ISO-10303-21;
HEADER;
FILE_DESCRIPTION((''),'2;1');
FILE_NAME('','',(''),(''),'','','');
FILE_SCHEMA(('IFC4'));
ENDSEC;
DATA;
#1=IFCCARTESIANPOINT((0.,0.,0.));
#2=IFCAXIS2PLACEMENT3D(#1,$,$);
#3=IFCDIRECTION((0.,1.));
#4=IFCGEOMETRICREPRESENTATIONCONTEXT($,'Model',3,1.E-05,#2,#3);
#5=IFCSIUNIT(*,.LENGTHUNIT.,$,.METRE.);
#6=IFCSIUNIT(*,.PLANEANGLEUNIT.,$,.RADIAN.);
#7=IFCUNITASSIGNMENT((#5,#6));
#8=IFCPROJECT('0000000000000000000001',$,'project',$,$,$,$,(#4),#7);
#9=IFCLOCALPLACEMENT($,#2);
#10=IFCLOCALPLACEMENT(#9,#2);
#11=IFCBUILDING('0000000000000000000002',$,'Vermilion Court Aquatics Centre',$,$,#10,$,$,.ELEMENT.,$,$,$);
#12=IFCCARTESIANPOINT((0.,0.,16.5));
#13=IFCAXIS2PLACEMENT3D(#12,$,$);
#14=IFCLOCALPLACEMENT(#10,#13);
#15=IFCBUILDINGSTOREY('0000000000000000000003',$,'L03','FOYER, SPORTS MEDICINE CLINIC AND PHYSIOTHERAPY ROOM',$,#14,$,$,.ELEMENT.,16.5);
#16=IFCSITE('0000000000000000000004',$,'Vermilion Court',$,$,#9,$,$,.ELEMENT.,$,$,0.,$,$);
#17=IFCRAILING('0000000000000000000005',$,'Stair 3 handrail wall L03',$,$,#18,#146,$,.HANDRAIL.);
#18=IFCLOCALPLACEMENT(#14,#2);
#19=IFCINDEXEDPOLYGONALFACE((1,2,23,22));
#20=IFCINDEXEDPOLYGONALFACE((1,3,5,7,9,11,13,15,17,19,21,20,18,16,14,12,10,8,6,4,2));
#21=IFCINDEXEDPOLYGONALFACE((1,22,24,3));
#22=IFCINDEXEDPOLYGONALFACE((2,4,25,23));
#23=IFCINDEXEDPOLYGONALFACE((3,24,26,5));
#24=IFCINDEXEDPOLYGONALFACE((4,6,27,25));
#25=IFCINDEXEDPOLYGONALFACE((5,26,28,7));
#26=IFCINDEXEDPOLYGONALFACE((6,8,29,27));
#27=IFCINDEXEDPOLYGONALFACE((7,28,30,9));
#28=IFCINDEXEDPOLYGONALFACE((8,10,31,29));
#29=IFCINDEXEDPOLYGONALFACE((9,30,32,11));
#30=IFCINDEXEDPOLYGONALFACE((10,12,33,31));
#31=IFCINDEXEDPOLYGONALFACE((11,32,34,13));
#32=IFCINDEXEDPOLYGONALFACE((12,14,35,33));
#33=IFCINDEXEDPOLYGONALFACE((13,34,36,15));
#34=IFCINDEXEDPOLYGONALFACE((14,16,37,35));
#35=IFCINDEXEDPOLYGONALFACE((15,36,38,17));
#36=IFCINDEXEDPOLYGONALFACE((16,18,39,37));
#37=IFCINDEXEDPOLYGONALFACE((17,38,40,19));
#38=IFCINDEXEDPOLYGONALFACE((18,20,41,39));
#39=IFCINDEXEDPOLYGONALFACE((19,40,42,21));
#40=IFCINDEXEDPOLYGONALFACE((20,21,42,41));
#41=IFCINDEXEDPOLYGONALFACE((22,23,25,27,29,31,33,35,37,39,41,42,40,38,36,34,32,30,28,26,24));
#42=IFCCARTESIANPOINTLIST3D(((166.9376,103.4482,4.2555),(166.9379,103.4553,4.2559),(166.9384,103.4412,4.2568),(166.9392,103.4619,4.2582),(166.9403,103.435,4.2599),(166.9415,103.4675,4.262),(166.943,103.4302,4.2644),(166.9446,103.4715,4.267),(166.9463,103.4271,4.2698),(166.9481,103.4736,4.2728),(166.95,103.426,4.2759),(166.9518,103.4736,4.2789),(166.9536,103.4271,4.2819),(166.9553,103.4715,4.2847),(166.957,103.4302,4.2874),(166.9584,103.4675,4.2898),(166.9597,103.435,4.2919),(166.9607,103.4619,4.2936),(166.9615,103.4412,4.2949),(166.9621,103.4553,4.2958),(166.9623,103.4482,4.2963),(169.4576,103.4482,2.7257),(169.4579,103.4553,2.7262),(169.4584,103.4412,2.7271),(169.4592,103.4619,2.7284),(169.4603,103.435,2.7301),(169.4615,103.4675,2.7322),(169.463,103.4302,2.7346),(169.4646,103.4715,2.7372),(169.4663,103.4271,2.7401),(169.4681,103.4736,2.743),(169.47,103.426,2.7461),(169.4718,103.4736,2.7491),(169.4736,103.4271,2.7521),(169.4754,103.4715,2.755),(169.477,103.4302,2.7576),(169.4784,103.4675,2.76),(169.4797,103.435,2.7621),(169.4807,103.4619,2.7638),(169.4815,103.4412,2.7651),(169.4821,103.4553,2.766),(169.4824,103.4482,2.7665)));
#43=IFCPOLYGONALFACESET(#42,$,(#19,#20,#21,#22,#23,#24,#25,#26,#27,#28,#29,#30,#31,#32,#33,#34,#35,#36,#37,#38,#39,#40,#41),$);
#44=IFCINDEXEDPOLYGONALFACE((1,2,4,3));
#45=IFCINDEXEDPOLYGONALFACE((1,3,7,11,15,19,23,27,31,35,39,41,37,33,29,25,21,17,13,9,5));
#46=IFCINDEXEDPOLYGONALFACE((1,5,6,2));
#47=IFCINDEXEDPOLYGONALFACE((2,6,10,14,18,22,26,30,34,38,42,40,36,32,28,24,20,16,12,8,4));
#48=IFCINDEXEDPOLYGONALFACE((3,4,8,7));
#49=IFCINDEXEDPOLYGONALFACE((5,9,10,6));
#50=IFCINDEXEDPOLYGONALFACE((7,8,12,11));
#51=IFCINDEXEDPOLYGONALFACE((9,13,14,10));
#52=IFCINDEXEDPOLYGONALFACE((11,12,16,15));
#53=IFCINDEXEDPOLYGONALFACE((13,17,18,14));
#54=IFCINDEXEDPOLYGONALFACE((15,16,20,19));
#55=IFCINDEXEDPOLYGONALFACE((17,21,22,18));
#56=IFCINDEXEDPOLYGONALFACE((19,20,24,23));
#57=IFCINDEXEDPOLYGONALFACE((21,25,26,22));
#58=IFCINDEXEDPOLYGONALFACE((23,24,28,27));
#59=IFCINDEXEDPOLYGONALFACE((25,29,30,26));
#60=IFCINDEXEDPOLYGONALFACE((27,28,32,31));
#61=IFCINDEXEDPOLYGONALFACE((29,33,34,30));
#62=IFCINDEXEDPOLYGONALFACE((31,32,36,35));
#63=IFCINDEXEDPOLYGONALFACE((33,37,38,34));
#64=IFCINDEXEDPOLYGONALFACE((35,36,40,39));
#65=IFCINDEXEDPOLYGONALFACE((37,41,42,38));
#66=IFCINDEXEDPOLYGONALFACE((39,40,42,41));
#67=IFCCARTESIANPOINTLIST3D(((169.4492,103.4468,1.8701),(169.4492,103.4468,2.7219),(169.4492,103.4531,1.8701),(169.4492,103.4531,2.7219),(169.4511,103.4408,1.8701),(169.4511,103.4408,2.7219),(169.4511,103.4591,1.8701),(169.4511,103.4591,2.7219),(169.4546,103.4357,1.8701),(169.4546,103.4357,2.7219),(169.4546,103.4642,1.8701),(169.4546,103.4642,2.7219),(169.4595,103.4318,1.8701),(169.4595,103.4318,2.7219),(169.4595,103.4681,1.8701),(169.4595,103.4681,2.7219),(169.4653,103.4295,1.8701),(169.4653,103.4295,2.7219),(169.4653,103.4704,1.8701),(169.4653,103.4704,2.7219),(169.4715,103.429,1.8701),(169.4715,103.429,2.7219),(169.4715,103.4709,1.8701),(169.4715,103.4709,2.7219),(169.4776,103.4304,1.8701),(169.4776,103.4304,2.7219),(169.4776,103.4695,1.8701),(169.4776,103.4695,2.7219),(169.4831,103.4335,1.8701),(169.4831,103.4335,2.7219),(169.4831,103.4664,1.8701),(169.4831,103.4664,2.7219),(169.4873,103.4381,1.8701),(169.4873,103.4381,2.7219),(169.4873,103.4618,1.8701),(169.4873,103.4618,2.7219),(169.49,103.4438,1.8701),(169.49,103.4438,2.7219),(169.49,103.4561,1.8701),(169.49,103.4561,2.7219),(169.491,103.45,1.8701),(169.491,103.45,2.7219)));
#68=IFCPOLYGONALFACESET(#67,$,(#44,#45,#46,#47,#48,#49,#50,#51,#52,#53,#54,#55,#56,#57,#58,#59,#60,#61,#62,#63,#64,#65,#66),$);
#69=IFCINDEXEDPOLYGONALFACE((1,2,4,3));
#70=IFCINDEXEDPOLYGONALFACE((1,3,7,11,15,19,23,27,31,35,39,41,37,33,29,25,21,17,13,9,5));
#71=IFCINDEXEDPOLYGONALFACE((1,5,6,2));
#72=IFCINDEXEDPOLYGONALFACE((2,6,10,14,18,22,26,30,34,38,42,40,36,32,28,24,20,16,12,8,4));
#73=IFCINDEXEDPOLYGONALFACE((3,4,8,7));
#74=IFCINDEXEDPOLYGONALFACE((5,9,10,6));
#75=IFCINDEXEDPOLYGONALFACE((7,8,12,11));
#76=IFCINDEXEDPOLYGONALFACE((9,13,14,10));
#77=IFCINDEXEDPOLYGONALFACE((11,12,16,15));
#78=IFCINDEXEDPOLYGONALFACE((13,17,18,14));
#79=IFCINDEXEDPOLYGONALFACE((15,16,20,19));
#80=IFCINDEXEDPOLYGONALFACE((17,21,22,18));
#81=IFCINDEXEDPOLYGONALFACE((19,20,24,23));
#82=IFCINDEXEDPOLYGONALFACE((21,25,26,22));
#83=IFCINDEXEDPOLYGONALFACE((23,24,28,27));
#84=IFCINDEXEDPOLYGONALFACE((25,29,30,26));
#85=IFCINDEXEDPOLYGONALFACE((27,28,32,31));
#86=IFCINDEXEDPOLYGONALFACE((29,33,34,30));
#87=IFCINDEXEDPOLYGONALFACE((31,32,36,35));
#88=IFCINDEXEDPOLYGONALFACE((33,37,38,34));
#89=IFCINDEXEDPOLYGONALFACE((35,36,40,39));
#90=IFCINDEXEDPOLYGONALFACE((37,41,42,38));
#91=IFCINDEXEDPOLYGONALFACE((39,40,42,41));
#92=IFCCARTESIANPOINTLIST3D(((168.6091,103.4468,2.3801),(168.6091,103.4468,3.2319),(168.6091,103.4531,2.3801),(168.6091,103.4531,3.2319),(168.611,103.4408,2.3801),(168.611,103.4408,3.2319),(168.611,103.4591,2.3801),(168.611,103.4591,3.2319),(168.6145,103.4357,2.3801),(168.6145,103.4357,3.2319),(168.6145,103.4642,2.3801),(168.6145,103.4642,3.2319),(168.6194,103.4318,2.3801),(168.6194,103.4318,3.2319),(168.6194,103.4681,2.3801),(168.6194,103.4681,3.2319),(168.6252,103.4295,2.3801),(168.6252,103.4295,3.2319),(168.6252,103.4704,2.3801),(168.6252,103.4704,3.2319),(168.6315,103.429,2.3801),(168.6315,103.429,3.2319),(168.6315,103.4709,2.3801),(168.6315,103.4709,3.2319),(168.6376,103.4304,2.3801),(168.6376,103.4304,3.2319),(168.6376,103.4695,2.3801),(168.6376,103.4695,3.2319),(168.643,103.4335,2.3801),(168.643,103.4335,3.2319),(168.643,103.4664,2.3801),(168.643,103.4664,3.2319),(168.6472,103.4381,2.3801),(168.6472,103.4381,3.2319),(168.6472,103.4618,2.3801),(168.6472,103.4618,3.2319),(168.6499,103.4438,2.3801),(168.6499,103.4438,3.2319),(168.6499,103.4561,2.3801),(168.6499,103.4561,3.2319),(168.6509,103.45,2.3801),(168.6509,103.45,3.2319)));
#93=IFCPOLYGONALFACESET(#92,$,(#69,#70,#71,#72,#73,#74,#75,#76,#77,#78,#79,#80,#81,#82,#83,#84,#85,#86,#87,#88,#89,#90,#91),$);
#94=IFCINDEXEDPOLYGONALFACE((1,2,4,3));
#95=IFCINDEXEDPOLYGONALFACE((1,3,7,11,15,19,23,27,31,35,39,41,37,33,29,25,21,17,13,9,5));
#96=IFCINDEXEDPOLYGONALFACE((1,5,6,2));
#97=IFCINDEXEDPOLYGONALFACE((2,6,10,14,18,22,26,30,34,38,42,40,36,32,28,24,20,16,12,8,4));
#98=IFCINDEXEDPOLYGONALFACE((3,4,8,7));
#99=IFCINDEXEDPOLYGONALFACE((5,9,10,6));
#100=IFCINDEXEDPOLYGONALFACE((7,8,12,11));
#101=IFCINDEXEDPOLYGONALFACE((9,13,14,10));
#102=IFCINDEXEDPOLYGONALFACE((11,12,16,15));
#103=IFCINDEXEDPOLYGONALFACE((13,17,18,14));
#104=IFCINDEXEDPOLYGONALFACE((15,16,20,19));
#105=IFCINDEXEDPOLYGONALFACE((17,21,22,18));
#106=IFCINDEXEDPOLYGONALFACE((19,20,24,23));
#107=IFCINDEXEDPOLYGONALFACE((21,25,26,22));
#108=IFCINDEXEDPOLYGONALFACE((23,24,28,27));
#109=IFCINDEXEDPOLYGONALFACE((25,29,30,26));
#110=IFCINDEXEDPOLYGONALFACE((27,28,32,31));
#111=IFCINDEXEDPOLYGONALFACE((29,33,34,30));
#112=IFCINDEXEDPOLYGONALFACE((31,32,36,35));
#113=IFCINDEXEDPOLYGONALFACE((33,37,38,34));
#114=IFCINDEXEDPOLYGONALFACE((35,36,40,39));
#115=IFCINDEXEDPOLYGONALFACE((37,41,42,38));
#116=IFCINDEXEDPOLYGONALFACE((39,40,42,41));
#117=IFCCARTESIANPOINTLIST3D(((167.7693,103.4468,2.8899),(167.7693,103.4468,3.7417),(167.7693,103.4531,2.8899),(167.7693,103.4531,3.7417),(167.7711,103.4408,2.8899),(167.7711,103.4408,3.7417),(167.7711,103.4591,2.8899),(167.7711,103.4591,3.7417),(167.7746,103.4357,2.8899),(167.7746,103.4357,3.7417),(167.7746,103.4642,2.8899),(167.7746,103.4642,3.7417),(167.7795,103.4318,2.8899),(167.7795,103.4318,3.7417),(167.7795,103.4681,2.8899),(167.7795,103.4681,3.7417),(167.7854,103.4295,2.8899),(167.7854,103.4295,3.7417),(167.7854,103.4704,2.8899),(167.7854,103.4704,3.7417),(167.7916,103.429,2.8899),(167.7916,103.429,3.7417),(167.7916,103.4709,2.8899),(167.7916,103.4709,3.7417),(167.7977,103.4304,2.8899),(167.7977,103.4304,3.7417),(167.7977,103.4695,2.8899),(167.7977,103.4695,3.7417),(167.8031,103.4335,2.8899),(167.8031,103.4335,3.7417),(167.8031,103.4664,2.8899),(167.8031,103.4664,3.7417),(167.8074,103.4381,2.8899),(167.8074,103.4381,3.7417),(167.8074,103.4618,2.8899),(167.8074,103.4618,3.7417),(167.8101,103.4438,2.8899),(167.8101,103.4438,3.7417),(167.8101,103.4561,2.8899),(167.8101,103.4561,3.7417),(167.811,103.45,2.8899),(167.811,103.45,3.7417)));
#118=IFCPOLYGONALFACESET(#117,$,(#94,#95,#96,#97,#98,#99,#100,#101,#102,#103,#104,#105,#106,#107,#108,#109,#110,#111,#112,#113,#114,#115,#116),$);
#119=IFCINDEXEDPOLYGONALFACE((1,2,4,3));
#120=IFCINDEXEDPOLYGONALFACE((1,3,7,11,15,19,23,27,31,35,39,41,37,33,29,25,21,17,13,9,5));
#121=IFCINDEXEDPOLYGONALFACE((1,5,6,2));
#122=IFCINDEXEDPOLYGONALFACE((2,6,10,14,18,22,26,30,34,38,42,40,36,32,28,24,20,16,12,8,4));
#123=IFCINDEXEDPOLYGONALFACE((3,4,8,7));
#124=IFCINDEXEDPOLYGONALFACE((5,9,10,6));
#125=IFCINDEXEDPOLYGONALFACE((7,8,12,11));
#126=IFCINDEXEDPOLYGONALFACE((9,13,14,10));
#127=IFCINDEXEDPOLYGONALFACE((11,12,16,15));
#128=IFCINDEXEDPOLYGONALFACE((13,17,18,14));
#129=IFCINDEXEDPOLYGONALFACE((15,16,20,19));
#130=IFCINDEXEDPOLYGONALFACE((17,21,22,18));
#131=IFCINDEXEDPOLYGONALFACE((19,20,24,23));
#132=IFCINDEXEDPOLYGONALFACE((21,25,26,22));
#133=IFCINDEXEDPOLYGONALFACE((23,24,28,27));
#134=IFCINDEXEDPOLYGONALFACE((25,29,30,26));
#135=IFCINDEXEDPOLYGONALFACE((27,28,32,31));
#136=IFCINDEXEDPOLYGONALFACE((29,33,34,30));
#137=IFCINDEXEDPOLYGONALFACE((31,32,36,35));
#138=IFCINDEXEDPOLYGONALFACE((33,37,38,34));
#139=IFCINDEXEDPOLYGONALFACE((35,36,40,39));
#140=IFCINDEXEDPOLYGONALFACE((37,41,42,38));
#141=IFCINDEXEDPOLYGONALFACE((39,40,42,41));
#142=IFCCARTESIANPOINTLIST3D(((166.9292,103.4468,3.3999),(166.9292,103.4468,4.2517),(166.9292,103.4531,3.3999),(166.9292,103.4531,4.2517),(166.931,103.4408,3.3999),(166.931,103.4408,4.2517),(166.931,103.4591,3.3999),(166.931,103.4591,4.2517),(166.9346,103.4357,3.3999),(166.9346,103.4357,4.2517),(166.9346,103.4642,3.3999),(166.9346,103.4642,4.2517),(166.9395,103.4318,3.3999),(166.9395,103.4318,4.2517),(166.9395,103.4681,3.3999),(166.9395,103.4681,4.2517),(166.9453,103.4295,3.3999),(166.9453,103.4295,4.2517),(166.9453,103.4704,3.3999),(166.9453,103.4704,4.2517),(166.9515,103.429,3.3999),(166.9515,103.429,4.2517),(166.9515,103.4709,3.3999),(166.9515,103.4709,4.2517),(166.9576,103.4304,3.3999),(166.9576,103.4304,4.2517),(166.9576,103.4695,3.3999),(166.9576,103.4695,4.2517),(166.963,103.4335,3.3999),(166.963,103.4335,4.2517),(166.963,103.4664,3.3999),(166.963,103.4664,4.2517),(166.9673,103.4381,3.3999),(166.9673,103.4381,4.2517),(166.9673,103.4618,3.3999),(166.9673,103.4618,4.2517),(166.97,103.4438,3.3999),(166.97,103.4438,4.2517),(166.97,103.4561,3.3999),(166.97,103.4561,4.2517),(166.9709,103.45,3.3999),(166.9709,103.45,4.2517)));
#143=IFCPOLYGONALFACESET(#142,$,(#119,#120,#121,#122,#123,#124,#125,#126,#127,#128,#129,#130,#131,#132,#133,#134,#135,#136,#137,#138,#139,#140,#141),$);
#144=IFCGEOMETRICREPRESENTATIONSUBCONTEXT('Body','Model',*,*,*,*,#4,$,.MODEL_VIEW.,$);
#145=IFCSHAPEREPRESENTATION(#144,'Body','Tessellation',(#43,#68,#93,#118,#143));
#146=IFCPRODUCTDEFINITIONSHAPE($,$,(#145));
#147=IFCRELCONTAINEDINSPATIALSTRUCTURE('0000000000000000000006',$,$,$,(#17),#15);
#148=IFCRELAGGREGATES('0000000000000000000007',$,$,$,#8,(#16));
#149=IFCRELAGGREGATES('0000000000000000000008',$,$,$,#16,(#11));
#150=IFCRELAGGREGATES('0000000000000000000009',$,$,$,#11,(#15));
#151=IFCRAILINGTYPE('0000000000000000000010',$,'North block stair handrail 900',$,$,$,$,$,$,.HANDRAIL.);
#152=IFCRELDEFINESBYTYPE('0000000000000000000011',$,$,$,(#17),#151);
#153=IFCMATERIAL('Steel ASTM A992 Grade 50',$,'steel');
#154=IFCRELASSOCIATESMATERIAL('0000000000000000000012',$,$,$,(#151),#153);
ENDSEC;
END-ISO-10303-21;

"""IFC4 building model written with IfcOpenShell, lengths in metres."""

from ifc_helpers import new_model, si_unit, direction, frame, origin, origin_2d, place, context, subcontext, project, spatial, circle, extrude, material, type_object, element, save


model = new_model("IFC4")

# Units and contexts
model_context = context("Model", 3, precision=1e-05, world=origin(), true_north=direction((0.0, 1.0)))
body_context = subcontext(model_context, "Body", "Model", "MODEL_VIEW")
ifc_project = project(units=[si_unit("LENGTHUNIT", "METRE"), si_unit("PLANEANGLEUNIT", "RADIAN")], contexts=[model_context])

# Site, building, storey
site_placement = place(None, origin())
site = spatial("IfcSite", under=ifc_project, at=site_placement, Name="Vermilion Court", CompositionType="ELEMENT", RefElevation=0.0)
building_placement = place(site_placement, origin())
building = spatial("IfcBuilding", under=site, at=building_placement, Name="Vermilion Court Aquatics Centre", CompositionType="ELEMENT")
storey_placement = place(building_placement, frame((0.0, 0.0, 16.5)))
storey = spatial("IfcBuildingStorey", under=building, at=storey_placement, Name="L03", Description="FOYER, SPORTS MEDICINE CLINIC AND PHYSIOTHERAPY ROOM", CompositionType="ELEMENT", Elevation=16.5)

# Railing
ifc_material_1 = material(Name="Steel ASTM A992 Grade 50", Category="steel")
railing_type_1 = type_object("IfcRailingType", Name="North block stair handrail 900", PredefinedType="HANDRAIL", material=ifc_material_1)
for number, where, name in (
    (1, (169.47, 103.45, 1.8701), "Stair 3 handrail wall L03"),
):
    element("IfcRailing", number, at=place(storey_placement, frame(where)), inside=storey, type_object=railing_type_1, Name=name, PredefinedType="HANDRAIL", context=body_context, shape_type="SweptSolid", body=[
        extrude(circle(Radius=0.0239, at=origin_2d()), frame((0.0, 0.0, 0.876), z_axis=(-0.854822, 0.0, 0.518922), x_axis=(0.0, -1.0, 0.0)), (0.0, 0.0, 1.0), 2.948),
        extrude(circle(Radius=0.021, at=origin_2d()), origin(), (0.0, 0.0, 1.0), 0.8518),
        extrude(circle(Radius=0.021, at=origin_2d()), frame((-0.8401, 0.0, 0.51)), (0.0, 0.0, 1.0), 0.8518),
        extrude(circle(Radius=0.021, at=origin_2d()), frame((-1.6799, 0.0, 1.0198)), (0.0, 0.0, 1.0), 0.8518),
        extrude(circle(Radius=0.021, at=origin_2d()), frame((-2.52, 0.0, 1.5298)), (0.0, 0.0, 1.0), 0.8518),
    ])

save(model, "model.ifc")
